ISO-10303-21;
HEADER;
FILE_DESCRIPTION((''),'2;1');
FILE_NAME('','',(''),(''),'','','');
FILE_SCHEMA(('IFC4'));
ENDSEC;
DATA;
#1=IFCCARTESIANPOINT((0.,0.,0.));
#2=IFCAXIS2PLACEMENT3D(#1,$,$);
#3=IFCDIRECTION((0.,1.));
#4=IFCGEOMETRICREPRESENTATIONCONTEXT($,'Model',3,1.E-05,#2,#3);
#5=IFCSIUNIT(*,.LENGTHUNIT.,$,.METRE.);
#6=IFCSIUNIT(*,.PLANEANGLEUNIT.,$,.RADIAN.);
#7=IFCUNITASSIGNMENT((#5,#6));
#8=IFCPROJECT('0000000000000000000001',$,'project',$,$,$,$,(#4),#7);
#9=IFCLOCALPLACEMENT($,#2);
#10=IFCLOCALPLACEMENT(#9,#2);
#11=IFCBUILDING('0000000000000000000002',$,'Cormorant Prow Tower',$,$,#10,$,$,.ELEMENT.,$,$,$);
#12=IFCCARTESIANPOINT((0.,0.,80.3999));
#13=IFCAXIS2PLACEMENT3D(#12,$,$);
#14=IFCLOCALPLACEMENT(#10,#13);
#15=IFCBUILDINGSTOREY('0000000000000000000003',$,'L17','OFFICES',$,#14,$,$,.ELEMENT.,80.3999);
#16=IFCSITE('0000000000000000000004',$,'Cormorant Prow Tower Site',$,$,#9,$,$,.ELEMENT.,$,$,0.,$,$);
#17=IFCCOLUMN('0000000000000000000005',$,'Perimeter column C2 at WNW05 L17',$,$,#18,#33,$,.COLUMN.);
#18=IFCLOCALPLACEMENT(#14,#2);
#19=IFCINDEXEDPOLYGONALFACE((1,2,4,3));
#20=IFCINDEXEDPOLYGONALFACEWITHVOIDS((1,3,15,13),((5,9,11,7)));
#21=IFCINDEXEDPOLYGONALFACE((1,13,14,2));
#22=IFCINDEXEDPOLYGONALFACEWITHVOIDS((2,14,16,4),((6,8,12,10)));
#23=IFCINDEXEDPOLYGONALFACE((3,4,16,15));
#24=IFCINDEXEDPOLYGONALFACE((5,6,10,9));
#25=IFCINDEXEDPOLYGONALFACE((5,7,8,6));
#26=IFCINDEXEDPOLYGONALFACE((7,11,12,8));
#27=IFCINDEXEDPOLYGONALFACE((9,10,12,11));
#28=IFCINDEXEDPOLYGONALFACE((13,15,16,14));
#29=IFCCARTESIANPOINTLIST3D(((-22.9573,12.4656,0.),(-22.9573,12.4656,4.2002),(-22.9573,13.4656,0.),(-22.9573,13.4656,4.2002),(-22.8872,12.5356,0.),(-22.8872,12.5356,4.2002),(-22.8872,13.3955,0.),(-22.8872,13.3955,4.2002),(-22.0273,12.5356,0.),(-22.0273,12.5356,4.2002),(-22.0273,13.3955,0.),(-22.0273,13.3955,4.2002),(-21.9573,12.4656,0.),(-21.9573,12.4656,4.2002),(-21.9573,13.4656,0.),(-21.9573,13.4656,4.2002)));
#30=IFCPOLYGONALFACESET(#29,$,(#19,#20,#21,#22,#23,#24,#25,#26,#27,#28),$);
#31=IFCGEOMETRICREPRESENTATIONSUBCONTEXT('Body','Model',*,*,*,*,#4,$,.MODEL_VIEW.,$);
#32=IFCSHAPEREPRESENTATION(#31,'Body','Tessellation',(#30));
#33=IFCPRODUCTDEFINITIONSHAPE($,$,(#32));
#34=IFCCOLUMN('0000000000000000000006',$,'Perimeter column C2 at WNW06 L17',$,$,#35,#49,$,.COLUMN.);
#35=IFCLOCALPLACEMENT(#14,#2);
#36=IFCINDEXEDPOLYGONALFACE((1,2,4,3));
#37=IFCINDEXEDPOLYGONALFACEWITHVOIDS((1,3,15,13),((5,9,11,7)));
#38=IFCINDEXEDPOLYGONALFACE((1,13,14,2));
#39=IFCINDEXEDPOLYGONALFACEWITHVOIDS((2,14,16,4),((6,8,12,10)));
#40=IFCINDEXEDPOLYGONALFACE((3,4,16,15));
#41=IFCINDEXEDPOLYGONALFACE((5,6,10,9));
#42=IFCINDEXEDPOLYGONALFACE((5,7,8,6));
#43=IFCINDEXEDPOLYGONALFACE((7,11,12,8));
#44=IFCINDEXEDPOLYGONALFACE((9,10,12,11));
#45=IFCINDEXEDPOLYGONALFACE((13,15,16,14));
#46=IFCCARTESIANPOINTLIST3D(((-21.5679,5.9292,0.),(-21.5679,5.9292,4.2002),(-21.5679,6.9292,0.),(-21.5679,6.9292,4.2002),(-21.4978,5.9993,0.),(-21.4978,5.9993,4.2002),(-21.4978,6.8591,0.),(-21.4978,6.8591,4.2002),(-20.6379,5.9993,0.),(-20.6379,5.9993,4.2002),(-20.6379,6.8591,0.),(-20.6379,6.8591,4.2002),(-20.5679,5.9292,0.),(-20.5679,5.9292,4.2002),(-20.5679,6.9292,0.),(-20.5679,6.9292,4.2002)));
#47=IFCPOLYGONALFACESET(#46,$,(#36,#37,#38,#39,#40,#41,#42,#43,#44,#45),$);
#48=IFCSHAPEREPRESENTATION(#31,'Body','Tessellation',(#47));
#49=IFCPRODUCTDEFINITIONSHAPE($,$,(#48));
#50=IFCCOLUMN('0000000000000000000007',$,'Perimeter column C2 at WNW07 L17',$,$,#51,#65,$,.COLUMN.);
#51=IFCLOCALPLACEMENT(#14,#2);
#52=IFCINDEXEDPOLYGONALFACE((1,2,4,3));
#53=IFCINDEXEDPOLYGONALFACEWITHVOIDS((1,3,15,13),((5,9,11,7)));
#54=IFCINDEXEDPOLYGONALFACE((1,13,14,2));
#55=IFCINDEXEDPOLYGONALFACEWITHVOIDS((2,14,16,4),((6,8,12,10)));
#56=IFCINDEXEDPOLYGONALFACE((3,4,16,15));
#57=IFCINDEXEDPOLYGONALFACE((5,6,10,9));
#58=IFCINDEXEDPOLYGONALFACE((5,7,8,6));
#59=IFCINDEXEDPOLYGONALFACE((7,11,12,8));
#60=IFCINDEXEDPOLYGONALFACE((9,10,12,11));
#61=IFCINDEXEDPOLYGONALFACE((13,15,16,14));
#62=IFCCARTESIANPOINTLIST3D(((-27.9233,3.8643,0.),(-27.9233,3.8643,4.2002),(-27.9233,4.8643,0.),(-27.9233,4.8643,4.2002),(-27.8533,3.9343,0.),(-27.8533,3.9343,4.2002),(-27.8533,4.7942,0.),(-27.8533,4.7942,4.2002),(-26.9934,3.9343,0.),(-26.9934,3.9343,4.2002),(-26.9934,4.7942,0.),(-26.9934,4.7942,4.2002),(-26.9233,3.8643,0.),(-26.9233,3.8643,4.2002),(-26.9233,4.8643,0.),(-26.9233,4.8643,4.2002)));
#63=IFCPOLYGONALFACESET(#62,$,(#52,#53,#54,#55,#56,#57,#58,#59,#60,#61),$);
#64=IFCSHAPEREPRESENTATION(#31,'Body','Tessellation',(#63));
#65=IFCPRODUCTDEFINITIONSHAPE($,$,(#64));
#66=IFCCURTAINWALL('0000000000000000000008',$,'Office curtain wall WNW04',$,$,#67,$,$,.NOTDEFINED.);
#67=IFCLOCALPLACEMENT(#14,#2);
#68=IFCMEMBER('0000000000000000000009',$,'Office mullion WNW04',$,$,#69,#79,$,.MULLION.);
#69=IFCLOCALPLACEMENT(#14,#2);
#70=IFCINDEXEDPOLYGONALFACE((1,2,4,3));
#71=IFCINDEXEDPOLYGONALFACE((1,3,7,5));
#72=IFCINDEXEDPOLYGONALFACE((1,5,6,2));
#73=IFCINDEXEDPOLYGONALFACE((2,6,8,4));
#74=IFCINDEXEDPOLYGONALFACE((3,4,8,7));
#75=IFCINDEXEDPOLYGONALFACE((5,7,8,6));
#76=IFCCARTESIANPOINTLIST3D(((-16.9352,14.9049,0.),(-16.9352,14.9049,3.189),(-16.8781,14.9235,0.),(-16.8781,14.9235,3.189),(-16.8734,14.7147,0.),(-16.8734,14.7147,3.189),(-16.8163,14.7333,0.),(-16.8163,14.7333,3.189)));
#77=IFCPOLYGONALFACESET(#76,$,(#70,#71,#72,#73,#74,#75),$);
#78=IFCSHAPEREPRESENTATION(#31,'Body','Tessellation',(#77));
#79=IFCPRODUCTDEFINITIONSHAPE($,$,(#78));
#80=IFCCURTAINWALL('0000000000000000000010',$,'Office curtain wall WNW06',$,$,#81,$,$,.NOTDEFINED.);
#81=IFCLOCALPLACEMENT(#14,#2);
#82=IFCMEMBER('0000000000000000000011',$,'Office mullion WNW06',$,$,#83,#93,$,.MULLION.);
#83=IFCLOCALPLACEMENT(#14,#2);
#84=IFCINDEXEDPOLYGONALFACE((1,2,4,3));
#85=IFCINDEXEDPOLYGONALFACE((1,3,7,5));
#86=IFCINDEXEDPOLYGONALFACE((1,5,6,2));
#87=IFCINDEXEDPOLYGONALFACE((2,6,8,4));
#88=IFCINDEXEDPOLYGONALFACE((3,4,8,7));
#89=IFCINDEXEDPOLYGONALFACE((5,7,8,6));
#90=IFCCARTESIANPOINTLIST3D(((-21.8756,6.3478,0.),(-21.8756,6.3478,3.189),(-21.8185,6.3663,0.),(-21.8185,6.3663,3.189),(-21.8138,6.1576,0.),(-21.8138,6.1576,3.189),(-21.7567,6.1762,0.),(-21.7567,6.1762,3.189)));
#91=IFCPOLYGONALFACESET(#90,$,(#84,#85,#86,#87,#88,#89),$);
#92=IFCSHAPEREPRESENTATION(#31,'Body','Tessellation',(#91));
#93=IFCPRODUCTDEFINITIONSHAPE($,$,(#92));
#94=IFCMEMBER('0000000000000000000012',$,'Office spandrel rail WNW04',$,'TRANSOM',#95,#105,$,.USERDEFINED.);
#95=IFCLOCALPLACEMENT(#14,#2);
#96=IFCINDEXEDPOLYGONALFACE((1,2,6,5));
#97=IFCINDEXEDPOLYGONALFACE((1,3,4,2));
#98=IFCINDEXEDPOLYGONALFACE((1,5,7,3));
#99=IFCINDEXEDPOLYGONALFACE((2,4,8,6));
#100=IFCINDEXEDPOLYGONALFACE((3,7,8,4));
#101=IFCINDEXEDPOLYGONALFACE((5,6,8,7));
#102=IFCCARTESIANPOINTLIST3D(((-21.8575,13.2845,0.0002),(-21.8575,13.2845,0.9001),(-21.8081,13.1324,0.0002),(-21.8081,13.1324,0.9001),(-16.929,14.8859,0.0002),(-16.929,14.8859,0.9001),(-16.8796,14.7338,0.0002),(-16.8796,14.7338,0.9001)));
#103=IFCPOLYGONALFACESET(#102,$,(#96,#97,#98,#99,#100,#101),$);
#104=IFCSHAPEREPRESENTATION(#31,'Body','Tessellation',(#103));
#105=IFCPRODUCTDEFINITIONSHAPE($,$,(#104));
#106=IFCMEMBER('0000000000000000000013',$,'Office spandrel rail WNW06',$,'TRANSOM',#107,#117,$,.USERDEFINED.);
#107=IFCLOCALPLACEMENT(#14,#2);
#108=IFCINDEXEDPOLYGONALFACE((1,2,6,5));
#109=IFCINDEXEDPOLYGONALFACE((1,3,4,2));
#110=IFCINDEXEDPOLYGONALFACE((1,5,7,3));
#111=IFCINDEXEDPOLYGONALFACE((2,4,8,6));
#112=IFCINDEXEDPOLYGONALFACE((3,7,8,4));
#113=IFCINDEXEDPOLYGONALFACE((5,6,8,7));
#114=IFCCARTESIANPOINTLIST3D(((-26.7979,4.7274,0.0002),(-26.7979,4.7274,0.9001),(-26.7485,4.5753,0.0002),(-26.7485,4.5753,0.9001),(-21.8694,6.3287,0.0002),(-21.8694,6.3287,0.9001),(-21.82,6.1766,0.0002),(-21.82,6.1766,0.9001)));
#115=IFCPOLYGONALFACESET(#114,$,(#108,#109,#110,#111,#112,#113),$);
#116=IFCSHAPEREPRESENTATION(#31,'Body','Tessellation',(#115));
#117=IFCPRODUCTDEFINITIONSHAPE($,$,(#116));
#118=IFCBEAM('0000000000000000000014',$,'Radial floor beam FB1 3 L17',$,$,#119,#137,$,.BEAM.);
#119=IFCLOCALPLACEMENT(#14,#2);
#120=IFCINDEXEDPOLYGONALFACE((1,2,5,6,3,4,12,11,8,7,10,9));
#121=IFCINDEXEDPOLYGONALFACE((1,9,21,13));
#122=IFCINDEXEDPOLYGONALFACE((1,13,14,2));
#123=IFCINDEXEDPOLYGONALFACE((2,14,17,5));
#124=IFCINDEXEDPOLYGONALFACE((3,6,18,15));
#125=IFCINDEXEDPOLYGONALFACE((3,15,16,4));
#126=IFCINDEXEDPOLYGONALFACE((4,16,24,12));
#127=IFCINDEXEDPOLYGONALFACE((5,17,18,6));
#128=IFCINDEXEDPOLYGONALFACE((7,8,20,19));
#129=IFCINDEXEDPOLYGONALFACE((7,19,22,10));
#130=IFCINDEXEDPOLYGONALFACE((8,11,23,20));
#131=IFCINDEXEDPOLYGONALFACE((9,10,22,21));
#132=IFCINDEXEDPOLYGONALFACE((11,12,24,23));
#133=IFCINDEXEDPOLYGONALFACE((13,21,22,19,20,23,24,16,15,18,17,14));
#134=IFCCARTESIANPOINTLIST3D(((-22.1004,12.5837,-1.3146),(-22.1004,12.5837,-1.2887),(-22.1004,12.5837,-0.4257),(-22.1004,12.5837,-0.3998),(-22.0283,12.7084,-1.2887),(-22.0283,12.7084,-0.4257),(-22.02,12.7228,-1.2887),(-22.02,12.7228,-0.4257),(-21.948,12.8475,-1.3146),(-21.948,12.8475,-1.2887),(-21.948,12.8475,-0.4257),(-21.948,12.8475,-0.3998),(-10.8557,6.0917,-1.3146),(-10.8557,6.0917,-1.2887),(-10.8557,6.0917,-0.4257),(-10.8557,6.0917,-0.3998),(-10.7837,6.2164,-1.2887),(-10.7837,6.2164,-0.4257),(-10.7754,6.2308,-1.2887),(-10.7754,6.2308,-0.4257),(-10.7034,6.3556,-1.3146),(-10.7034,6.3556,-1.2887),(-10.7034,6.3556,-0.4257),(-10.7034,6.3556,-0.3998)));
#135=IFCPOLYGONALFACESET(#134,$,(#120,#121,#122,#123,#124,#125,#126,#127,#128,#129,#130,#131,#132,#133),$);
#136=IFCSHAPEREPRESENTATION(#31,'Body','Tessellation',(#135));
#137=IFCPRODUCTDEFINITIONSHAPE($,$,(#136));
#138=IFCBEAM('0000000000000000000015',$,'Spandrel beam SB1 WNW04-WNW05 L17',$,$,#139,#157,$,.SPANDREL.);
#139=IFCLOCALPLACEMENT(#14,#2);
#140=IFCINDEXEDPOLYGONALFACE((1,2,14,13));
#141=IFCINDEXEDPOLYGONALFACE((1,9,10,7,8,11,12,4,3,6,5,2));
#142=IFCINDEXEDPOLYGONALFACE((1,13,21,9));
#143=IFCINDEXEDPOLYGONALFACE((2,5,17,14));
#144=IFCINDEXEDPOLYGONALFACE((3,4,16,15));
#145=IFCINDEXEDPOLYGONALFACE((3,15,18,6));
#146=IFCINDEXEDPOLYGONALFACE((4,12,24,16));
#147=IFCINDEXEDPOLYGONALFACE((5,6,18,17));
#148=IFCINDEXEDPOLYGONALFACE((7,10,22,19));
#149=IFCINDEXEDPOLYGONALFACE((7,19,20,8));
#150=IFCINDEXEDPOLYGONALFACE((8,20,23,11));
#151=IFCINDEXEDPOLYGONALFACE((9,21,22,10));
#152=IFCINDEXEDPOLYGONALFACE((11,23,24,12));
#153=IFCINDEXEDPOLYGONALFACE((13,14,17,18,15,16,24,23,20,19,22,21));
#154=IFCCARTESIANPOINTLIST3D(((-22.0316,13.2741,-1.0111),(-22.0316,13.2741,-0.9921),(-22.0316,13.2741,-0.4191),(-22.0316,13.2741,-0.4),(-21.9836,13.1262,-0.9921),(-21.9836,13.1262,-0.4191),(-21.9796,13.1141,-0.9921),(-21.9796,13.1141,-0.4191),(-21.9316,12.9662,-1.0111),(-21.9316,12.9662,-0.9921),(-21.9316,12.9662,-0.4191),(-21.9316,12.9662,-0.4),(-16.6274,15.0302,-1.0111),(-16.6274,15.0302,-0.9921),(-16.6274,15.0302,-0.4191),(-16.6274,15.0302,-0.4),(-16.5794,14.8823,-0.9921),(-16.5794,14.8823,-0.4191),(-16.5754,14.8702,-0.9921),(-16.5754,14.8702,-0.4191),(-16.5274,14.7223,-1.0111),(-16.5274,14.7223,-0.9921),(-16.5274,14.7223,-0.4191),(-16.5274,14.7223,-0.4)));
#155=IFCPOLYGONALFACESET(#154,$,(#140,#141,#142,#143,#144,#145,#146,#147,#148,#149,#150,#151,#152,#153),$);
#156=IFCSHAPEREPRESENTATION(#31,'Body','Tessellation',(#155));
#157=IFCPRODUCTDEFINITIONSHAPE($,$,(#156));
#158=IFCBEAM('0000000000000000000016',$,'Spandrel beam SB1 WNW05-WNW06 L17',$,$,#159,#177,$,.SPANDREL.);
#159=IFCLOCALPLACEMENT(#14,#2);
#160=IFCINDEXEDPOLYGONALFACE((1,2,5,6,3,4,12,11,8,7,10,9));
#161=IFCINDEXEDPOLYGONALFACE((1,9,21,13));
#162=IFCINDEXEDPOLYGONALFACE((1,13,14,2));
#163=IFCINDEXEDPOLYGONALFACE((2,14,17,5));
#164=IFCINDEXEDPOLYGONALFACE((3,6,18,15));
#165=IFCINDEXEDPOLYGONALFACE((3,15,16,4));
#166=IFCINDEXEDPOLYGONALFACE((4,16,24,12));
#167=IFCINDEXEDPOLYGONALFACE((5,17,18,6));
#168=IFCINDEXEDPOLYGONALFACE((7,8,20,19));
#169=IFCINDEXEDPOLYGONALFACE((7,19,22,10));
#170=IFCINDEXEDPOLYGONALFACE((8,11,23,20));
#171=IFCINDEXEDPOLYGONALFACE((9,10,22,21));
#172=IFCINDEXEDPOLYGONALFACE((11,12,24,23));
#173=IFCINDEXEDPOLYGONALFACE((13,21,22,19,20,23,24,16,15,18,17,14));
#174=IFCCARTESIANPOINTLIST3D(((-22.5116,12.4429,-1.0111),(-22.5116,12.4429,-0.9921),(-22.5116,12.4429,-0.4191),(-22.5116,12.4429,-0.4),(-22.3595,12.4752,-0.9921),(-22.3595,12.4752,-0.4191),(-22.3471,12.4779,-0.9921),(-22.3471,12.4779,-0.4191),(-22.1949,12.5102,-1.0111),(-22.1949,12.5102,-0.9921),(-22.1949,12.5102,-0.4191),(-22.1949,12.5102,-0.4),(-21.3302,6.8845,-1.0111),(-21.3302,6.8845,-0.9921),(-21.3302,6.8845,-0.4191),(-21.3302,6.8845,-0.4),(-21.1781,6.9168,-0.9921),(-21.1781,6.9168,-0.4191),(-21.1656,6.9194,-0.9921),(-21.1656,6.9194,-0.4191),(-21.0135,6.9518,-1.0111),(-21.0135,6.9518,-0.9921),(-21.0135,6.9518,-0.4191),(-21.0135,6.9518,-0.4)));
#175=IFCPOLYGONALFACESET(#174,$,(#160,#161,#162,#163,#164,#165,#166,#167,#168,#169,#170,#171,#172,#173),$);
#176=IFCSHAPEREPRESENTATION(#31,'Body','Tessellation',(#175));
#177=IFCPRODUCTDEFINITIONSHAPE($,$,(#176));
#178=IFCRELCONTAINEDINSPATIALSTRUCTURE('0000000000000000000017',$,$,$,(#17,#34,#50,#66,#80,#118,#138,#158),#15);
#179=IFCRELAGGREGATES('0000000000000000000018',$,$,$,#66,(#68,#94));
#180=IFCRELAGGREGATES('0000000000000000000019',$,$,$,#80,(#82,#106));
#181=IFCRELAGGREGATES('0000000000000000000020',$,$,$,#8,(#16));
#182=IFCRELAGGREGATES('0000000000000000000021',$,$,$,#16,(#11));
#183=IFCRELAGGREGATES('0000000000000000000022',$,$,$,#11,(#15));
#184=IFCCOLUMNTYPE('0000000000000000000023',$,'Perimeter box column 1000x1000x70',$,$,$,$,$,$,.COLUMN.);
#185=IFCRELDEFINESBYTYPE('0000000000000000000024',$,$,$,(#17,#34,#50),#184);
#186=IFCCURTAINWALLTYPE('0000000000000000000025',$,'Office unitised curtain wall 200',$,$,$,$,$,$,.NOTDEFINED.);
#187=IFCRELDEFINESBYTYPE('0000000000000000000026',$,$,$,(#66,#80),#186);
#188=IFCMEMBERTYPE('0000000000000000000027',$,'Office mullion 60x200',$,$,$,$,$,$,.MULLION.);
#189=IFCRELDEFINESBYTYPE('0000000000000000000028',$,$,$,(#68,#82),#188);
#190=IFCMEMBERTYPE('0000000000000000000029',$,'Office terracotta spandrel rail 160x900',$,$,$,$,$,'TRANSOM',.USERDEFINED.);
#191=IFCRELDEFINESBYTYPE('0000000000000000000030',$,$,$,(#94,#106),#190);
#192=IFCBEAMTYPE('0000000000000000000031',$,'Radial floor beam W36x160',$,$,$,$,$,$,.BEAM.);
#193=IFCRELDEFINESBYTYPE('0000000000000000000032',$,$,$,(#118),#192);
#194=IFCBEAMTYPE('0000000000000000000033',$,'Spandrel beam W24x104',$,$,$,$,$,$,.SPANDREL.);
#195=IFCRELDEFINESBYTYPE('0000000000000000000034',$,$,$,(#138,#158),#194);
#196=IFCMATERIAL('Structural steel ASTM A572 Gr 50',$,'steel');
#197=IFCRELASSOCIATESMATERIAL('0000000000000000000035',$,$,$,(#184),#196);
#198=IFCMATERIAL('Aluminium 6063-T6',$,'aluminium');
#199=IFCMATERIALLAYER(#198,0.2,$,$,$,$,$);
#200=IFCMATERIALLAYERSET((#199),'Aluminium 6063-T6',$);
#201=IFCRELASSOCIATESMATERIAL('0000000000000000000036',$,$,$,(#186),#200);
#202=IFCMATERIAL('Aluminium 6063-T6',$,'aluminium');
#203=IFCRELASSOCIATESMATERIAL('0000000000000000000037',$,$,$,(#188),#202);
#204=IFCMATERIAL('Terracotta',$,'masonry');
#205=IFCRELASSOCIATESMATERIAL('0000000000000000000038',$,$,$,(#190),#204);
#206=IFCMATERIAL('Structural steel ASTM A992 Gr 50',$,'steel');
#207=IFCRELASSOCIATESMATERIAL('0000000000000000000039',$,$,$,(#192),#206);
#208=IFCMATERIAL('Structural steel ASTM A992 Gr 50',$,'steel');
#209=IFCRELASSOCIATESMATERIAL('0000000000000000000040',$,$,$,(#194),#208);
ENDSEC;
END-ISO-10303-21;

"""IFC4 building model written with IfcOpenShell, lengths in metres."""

from ifc_helpers import new_model, si_unit, direction, frame, origin, origin_2d, place, context, subcontext, project, spatial, rectangle, hollow_rectangle, i_section, extrude, material, layer, layer_set, material_profile, profile_set, type_object, element, aggregate, save


model = new_model("IFC4")

# Units and contexts
model_context = context("Model", 3, precision=1e-05, world=origin(), true_north=direction((0.0, 1.0)))
body_context = subcontext(model_context, "Body", "Model", "MODEL_VIEW")
ifc_project = project(units=[si_unit("LENGTHUNIT", "METRE"), si_unit("PLANEANGLEUNIT", "RADIAN")], contexts=[model_context])

# Site, building, storey
site_placement = place(None, origin())
site = spatial("IfcSite", under=ifc_project, at=site_placement, Name="Cormorant Prow Tower Site", CompositionType="ELEMENT", RefElevation=0.0)
building_placement = place(site_placement, origin())
building = spatial("IfcBuilding", under=site, at=building_placement, Name="Cormorant Prow Tower", CompositionType="ELEMENT")
storey_placement = place(building_placement, frame((0.0, 0.0, 80.3999)))
storey = spatial("IfcBuildingStorey", under=building, at=storey_placement, Name="L17", Description="OFFICES", CompositionType="ELEMENT", Elevation=80.3999)

# Columns
ifc_material_1 = material(Name="Structural steel ASTM A572 Gr 50", Category="steel")
ifc_material_profile_1 = material_profile(ifc_material_1, hollow_rectangle(XDim=1.0, YDim=1.0, WallThickness=0.0701, at=origin_2d()), Name="Box 1000x1000x70")
ifc_profile_set_1 = profile_set([ifc_material_profile_1], Name="Structural steel ASTM A572 Gr 50")
column_type = type_object("IfcColumnType", Name="Perimeter box column 1000x1000x70", PredefinedType="COLUMN", material=ifc_profile_set_1)
for number, where, z_axis, x_axis, name in (
    (1, (-22.4573, 12.9656, 0.0), (0.0, 0.0, 1.0), (1.0, 0.0, 0.0), "Perimeter column C2 at WNW05 L17"),
    (2, (-21.0679, 6.4292, 0.0), (0.0, 0.0, 1.0), (1.0, 0.0, 0.0), "Perimeter column C2 at WNW06 L17"),
    (3, (-27.4233, 4.3643, 0.0), (0.0, 0.0, 1.0), (1.0, 0.0, 0.0), "Perimeter column C2 at WNW07 L17"),
):
    element("IfcColumn", number, at=place(storey_placement, frame(where, z_axis=z_axis, x_axis=x_axis)), inside=storey, type_object=column_type, Name=name, PredefinedType="COLUMN", context=body_context, shape_type="SweptSolid", body=[
        extrude(hollow_rectangle(XDim=1.0, YDim=1.0, WallThickness=0.0701, at=origin_2d()), origin(), (0.0, 0.0, 1.0), 4.2002),
    ])

# Curtain walls, members
ifc_material_2 = material(Name="Aluminium 6063-T6", Category="aluminium")
ifc_layer_1 = layer(ifc_material_2, 0.2)
ifc_layer_set_1 = layer_set([ifc_layer_1], Name="Aluminium 6063-T6")
curtain_wall_type = type_object("IfcCurtainWallType", Name="Office unitised curtain wall 200", PredefinedType="NOTDEFINED", material=ifc_layer_set_1)
curtain_wall_1_placement = place(storey_placement, origin())
curtain_wall_1 = element("IfcCurtainWall", 4, at=curtain_wall_1_placement, inside=storey, type_object=curtain_wall_type, Name="Office curtain wall WNW04", PredefinedType="NOTDEFINED")
ifc_material_3 = material(Name="Aluminium 6063-T6", Category="aluminium")
ifc_material_profile_2 = material_profile(ifc_material_3, rectangle(XDim=0.2, YDim=0.0601, at=origin_2d()), Name="Office mullion 60x200")
ifc_profile_set_2 = profile_set([ifc_material_profile_2], Name="Aluminium 6063-T6")
member_type_1 = type_object("IfcMemberType", Name="Office mullion 60x200", PredefinedType="MULLION", material=ifc_profile_set_2)
member_1_placement = place(storey_placement, frame((-16.8757, 14.8191, 0.0), z_axis=(0.0, 0.0, 1.0), x_axis=(0.309017, -0.951057, 0.0)))
member_1 = element("IfcMember", 5, at=member_1_placement, type_object=member_type_1, Name="Office mullion WNW04", PredefinedType="MULLION", context=body_context, shape_type="SweptSolid", body=[
    extrude(rectangle(XDim=0.2, YDim=0.0601, at=origin_2d()), origin(), (0.0, 0.0, 1.0), 3.189),
])
curtain_wall_2_placement = place(storey_placement, origin())
curtain_wall_2 = element("IfcCurtainWall", 6, at=curtain_wall_2_placement, inside=storey, type_object=curtain_wall_type, Name="Office curtain wall WNW06", PredefinedType="NOTDEFINED")
member_2_placement = place(storey_placement, frame((-21.8162, 6.262, 0.0), z_axis=(0.0, 0.0, 1.0), x_axis=(0.309017, -0.951057, 0.0)))
member_2 = element("IfcMember", 7, at=member_2_placement, type_object=member_type_1, Name="Office mullion WNW06", PredefinedType="MULLION", context=body_context, shape_type="SweptSolid", body=[
    extrude(rectangle(XDim=0.2, YDim=0.0601, at=origin_2d()), origin(), (0.0, 0.0, 1.0), 3.189),
])

# Members
ifc_material_4 = material(Name="Terracotta", Category="masonry")
ifc_material_profile_3 = material_profile(ifc_material_4, rectangle(XDim=0.1599, YDim=0.8999, at=origin_2d()), Name="Office terracotta spandrel rail 160x900")
ifc_profile_set_3 = profile_set([ifc_material_profile_3], Name="Terracotta")
member_type_2 = type_object("IfcMemberType", Name="Office terracotta spandrel rail 160x900", ElementType="TRANSOM", PredefinedType="USERDEFINED", material=ifc_profile_set_3)
member_3_placement = place(storey_placement, frame((-16.9043, 14.8098, 0.4502), z_axis=(-0.951059, -0.30901, 0.0), x_axis=(0.30901, -0.951059, 0.0)))
member_3 = element("IfcMember", 8, at=member_3_placement, type_object=member_type_2, Name="Office spandrel rail WNW04", ObjectType="TRANSOM", PredefinedType="USERDEFINED", context=body_context, shape_type="SweptSolid", body=[
    extrude(rectangle(XDim=0.1599, YDim=0.8999, at=origin_2d()), origin(), (0.0, 0.0, 1.0), 5.1821),
])
member_4_placement = place(storey_placement, frame((-21.8447, 6.2527, 0.4502), z_axis=(-0.951059, -0.30901, 0.0), x_axis=(0.30901, -0.951059, 0.0)))
member_4 = element("IfcMember", 9, at=member_4_placement, type_object=member_type_2, Name="Office spandrel rail WNW06", ObjectType="TRANSOM", PredefinedType="USERDEFINED", context=body_context, shape_type="SweptSolid", body=[
    extrude(rectangle(XDim=0.1599, YDim=0.8999, at=origin_2d()), origin(), (0.0, 0.0, 1.0), 5.1821),
])

# Beams
ifc_material_5 = material(Name="Structural steel ASTM A992 Gr 50", Category="steel")
ifc_material_profile_4 = material_profile(ifc_material_5, i_section(OverallWidth=0.3047, OverallDepth=0.9148, WebThickness=0.0166, FlangeThickness=0.0259, at=origin_2d()), Name="W36x160")
ifc_profile_set_4 = profile_set([ifc_material_profile_4], Name="Structural steel ASTM A992 Gr 50")
beam_type_1 = type_object("IfcBeamType", Name="Radial floor beam W36x160", PredefinedType="BEAM", material=ifc_profile_set_4)
beam_1_placement = place(storey_placement, frame((-10.7795, 6.2236, -0.8572), z_axis=(-0.86603, 0.499992, 0.0), x_axis=(-0.499992, -0.86603, 0.0)))
element("IfcBeam", 10, at=beam_1_placement, inside=storey, type_object=beam_type_1, Name="Radial floor beam FB1 3 L17", PredefinedType="BEAM", context=body_context, shape_type="SweptSolid", body=[
    extrude(i_section(OverallWidth=0.3047, OverallDepth=0.9148, WebThickness=0.0166, FlangeThickness=0.0259, at=origin_2d()), origin(), (0.0, 0.0, 1.0), 12.9841),
])
ifc_material_6 = material(Name="Structural steel ASTM A992 Gr 50", Category="steel")
ifc_material_profile_5 = material_profile(ifc_material_6, i_section(OverallWidth=0.3237, OverallDepth=0.6111, WebThickness=0.0127, FlangeThickness=0.019, at=origin_2d()), Name="W24x104")
ifc_profile_set_5 = profile_set([ifc_material_profile_5], Name="Structural steel ASTM A992 Gr 50")
beam_type_2 = type_object("IfcBeamType", Name="Spandrel beam W24x104", PredefinedType="SPANDREL", material=ifc_profile_set_5)
beam_2_placement = place(storey_placement, frame((-16.5774, 14.8762, -0.7056), z_axis=(-0.951049, -0.309039, 0.0), x_axis=(0.309039, -0.951049, 0.0)))
element("IfcBeam", 11, at=beam_2_placement, inside=storey, type_object=beam_type_2, Name="Spandrel beam SB1 WNW04-WNW05 L17", PredefinedType="SPANDREL", context=body_context, shape_type="SweptSolid", body=[
    extrude(i_section(OverallWidth=0.3237, OverallDepth=0.6111, WebThickness=0.0127, FlangeThickness=0.019, at=origin_2d()), origin(), (0.0, 0.0, 1.0), 5.6824),
])
beam_3_placement = place(storey_placement, frame((-22.3533, 12.4766, -0.7056), z_axis=(0.2079, -0.97815, 0.0), x_axis=(0.97815, 0.2079, 0.0)))
element("IfcBeam", 12, at=beam_3_placement, inside=storey, type_object=beam_type_2, Name="Spandrel beam SB1 WNW05-WNW06 L17", PredefinedType="SPANDREL", context=body_context, shape_type="SweptSolid", body=[
    extrude(i_section(OverallWidth=0.3237, OverallDepth=0.6111, WebThickness=0.0127, FlangeThickness=0.019, at=origin_2d()), origin(), (0.0, 0.0, 1.0), 5.6826),
])

aggregate(curtain_wall_1, [member_1, member_3])
aggregate(curtain_wall_2, [member_2, member_4])

save(model, "model.ifc")
